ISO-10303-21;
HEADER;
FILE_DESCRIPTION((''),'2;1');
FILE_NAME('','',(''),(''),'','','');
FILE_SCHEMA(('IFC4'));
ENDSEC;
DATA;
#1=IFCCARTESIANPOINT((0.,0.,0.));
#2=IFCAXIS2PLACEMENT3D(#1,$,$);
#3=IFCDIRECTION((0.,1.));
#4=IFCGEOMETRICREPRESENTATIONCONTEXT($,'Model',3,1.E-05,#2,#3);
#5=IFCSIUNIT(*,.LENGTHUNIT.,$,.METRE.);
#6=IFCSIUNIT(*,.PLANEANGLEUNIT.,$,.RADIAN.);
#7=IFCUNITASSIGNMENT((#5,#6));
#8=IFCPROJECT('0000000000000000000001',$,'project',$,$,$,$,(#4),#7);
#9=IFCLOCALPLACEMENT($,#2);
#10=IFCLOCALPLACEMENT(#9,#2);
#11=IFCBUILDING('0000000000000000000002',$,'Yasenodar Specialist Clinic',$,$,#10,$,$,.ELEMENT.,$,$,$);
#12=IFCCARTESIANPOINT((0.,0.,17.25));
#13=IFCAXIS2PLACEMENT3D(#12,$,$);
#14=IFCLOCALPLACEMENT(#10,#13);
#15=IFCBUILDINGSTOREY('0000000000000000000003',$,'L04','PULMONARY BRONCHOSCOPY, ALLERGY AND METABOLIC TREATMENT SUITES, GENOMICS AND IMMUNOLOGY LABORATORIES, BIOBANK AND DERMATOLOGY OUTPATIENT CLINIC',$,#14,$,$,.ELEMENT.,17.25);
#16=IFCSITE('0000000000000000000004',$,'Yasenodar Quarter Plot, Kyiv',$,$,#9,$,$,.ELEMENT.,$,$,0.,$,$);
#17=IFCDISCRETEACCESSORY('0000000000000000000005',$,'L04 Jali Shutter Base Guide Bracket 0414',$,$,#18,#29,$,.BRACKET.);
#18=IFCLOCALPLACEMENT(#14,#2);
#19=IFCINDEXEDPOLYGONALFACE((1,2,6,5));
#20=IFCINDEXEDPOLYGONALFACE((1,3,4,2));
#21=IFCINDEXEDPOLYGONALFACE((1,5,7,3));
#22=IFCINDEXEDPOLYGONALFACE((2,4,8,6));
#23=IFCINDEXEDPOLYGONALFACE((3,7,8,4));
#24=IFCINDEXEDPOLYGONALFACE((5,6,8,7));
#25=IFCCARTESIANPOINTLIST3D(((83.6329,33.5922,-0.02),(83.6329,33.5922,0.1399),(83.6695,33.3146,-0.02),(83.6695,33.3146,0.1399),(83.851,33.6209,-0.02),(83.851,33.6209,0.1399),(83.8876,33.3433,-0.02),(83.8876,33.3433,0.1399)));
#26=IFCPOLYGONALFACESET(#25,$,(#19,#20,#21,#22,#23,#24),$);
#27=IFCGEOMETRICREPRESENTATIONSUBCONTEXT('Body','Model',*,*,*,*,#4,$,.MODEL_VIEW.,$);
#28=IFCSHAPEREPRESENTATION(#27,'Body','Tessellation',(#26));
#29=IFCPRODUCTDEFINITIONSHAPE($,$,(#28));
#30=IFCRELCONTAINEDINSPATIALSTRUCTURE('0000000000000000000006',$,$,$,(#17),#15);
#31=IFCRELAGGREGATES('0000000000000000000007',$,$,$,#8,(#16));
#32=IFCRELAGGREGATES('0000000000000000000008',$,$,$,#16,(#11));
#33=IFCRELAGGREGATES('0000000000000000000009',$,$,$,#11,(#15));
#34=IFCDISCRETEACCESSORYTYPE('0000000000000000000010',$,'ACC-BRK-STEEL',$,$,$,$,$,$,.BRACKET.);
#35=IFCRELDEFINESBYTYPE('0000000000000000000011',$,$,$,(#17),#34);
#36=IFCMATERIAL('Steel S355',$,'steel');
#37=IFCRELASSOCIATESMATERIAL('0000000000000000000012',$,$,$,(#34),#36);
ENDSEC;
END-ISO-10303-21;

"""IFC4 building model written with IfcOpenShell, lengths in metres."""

from ifc_helpers import new_model, si_unit, direction, frame, origin, origin_2d, place, context, subcontext, project, spatial, rectangle, extrude, material, type_object, element, save


model = new_model("IFC4")

# Units and contexts
model_context = context("Model", 3, precision=1e-05, world=origin(), true_north=direction((0.0, 1.0)))
body_context = subcontext(model_context, "Body", "Model", "MODEL_VIEW")
ifc_project = project(units=[si_unit("LENGTHUNIT", "METRE"), si_unit("PLANEANGLEUNIT", "RADIAN")], contexts=[model_context])

# Site, building, storey
site_placement = place(None, origin())
site = spatial("IfcSite", under=ifc_project, at=site_placement, Name="Yasenodar Quarter Plot, Kyiv", CompositionType="ELEMENT", RefElevation=0.0)
building_placement = place(site_placement, origin())
building = spatial("IfcBuilding", under=site, at=building_placement, Name="Yasenodar Specialist Clinic", CompositionType="ELEMENT")
storey_placement = place(building_placement, frame((0.0, 0.0, 17.25)))
storey = spatial("IfcBuildingStorey", under=building, at=storey_placement, Name="L04", Description="PULMONARY BRONCHOSCOPY, ALLERGY AND METABOLIC TREATMENT SUITES, GENOMICS AND IMMUNOLOGY LABORATORIES, BIOBANK AND DERMATOLOGY OUTPATIENT CLINIC", CompositionType="ELEMENT", Elevation=17.25)

# Shared definitions
ifc_material_1 = material(Name="Steel S355", Category="steel")

# Discrete accessory
discrete_accessory_type = type_object("IfcDiscreteAccessoryType", Name="ACC-BRK-STEEL", PredefinedType="BRACKET", material=ifc_material_1)
for number, where, z_axis, x_axis, name in (
    (1, (83.7603, 33.4678, -0.02), (0.0, 0.0, 1.0), (0.991446, 0.130519, 0.0), "L04 Jali Shutter Base Guide Bracket 0414"),
):
    element("IfcDiscreteAccessory", number, at=place(storey_placement, frame(where, z_axis=z_axis, x_axis=x_axis)), inside=storey, type_object=discrete_accessory_type, Name=name, PredefinedType="BRACKET", context=body_context, shape_type="SweptSolid", body=[
        extrude(rectangle(XDim=0.22, YDim=0.28, at=origin_2d()), origin(), (0.0, 0.0, 1.0), 0.1599),
    ])

save(model, "model.ifc")
